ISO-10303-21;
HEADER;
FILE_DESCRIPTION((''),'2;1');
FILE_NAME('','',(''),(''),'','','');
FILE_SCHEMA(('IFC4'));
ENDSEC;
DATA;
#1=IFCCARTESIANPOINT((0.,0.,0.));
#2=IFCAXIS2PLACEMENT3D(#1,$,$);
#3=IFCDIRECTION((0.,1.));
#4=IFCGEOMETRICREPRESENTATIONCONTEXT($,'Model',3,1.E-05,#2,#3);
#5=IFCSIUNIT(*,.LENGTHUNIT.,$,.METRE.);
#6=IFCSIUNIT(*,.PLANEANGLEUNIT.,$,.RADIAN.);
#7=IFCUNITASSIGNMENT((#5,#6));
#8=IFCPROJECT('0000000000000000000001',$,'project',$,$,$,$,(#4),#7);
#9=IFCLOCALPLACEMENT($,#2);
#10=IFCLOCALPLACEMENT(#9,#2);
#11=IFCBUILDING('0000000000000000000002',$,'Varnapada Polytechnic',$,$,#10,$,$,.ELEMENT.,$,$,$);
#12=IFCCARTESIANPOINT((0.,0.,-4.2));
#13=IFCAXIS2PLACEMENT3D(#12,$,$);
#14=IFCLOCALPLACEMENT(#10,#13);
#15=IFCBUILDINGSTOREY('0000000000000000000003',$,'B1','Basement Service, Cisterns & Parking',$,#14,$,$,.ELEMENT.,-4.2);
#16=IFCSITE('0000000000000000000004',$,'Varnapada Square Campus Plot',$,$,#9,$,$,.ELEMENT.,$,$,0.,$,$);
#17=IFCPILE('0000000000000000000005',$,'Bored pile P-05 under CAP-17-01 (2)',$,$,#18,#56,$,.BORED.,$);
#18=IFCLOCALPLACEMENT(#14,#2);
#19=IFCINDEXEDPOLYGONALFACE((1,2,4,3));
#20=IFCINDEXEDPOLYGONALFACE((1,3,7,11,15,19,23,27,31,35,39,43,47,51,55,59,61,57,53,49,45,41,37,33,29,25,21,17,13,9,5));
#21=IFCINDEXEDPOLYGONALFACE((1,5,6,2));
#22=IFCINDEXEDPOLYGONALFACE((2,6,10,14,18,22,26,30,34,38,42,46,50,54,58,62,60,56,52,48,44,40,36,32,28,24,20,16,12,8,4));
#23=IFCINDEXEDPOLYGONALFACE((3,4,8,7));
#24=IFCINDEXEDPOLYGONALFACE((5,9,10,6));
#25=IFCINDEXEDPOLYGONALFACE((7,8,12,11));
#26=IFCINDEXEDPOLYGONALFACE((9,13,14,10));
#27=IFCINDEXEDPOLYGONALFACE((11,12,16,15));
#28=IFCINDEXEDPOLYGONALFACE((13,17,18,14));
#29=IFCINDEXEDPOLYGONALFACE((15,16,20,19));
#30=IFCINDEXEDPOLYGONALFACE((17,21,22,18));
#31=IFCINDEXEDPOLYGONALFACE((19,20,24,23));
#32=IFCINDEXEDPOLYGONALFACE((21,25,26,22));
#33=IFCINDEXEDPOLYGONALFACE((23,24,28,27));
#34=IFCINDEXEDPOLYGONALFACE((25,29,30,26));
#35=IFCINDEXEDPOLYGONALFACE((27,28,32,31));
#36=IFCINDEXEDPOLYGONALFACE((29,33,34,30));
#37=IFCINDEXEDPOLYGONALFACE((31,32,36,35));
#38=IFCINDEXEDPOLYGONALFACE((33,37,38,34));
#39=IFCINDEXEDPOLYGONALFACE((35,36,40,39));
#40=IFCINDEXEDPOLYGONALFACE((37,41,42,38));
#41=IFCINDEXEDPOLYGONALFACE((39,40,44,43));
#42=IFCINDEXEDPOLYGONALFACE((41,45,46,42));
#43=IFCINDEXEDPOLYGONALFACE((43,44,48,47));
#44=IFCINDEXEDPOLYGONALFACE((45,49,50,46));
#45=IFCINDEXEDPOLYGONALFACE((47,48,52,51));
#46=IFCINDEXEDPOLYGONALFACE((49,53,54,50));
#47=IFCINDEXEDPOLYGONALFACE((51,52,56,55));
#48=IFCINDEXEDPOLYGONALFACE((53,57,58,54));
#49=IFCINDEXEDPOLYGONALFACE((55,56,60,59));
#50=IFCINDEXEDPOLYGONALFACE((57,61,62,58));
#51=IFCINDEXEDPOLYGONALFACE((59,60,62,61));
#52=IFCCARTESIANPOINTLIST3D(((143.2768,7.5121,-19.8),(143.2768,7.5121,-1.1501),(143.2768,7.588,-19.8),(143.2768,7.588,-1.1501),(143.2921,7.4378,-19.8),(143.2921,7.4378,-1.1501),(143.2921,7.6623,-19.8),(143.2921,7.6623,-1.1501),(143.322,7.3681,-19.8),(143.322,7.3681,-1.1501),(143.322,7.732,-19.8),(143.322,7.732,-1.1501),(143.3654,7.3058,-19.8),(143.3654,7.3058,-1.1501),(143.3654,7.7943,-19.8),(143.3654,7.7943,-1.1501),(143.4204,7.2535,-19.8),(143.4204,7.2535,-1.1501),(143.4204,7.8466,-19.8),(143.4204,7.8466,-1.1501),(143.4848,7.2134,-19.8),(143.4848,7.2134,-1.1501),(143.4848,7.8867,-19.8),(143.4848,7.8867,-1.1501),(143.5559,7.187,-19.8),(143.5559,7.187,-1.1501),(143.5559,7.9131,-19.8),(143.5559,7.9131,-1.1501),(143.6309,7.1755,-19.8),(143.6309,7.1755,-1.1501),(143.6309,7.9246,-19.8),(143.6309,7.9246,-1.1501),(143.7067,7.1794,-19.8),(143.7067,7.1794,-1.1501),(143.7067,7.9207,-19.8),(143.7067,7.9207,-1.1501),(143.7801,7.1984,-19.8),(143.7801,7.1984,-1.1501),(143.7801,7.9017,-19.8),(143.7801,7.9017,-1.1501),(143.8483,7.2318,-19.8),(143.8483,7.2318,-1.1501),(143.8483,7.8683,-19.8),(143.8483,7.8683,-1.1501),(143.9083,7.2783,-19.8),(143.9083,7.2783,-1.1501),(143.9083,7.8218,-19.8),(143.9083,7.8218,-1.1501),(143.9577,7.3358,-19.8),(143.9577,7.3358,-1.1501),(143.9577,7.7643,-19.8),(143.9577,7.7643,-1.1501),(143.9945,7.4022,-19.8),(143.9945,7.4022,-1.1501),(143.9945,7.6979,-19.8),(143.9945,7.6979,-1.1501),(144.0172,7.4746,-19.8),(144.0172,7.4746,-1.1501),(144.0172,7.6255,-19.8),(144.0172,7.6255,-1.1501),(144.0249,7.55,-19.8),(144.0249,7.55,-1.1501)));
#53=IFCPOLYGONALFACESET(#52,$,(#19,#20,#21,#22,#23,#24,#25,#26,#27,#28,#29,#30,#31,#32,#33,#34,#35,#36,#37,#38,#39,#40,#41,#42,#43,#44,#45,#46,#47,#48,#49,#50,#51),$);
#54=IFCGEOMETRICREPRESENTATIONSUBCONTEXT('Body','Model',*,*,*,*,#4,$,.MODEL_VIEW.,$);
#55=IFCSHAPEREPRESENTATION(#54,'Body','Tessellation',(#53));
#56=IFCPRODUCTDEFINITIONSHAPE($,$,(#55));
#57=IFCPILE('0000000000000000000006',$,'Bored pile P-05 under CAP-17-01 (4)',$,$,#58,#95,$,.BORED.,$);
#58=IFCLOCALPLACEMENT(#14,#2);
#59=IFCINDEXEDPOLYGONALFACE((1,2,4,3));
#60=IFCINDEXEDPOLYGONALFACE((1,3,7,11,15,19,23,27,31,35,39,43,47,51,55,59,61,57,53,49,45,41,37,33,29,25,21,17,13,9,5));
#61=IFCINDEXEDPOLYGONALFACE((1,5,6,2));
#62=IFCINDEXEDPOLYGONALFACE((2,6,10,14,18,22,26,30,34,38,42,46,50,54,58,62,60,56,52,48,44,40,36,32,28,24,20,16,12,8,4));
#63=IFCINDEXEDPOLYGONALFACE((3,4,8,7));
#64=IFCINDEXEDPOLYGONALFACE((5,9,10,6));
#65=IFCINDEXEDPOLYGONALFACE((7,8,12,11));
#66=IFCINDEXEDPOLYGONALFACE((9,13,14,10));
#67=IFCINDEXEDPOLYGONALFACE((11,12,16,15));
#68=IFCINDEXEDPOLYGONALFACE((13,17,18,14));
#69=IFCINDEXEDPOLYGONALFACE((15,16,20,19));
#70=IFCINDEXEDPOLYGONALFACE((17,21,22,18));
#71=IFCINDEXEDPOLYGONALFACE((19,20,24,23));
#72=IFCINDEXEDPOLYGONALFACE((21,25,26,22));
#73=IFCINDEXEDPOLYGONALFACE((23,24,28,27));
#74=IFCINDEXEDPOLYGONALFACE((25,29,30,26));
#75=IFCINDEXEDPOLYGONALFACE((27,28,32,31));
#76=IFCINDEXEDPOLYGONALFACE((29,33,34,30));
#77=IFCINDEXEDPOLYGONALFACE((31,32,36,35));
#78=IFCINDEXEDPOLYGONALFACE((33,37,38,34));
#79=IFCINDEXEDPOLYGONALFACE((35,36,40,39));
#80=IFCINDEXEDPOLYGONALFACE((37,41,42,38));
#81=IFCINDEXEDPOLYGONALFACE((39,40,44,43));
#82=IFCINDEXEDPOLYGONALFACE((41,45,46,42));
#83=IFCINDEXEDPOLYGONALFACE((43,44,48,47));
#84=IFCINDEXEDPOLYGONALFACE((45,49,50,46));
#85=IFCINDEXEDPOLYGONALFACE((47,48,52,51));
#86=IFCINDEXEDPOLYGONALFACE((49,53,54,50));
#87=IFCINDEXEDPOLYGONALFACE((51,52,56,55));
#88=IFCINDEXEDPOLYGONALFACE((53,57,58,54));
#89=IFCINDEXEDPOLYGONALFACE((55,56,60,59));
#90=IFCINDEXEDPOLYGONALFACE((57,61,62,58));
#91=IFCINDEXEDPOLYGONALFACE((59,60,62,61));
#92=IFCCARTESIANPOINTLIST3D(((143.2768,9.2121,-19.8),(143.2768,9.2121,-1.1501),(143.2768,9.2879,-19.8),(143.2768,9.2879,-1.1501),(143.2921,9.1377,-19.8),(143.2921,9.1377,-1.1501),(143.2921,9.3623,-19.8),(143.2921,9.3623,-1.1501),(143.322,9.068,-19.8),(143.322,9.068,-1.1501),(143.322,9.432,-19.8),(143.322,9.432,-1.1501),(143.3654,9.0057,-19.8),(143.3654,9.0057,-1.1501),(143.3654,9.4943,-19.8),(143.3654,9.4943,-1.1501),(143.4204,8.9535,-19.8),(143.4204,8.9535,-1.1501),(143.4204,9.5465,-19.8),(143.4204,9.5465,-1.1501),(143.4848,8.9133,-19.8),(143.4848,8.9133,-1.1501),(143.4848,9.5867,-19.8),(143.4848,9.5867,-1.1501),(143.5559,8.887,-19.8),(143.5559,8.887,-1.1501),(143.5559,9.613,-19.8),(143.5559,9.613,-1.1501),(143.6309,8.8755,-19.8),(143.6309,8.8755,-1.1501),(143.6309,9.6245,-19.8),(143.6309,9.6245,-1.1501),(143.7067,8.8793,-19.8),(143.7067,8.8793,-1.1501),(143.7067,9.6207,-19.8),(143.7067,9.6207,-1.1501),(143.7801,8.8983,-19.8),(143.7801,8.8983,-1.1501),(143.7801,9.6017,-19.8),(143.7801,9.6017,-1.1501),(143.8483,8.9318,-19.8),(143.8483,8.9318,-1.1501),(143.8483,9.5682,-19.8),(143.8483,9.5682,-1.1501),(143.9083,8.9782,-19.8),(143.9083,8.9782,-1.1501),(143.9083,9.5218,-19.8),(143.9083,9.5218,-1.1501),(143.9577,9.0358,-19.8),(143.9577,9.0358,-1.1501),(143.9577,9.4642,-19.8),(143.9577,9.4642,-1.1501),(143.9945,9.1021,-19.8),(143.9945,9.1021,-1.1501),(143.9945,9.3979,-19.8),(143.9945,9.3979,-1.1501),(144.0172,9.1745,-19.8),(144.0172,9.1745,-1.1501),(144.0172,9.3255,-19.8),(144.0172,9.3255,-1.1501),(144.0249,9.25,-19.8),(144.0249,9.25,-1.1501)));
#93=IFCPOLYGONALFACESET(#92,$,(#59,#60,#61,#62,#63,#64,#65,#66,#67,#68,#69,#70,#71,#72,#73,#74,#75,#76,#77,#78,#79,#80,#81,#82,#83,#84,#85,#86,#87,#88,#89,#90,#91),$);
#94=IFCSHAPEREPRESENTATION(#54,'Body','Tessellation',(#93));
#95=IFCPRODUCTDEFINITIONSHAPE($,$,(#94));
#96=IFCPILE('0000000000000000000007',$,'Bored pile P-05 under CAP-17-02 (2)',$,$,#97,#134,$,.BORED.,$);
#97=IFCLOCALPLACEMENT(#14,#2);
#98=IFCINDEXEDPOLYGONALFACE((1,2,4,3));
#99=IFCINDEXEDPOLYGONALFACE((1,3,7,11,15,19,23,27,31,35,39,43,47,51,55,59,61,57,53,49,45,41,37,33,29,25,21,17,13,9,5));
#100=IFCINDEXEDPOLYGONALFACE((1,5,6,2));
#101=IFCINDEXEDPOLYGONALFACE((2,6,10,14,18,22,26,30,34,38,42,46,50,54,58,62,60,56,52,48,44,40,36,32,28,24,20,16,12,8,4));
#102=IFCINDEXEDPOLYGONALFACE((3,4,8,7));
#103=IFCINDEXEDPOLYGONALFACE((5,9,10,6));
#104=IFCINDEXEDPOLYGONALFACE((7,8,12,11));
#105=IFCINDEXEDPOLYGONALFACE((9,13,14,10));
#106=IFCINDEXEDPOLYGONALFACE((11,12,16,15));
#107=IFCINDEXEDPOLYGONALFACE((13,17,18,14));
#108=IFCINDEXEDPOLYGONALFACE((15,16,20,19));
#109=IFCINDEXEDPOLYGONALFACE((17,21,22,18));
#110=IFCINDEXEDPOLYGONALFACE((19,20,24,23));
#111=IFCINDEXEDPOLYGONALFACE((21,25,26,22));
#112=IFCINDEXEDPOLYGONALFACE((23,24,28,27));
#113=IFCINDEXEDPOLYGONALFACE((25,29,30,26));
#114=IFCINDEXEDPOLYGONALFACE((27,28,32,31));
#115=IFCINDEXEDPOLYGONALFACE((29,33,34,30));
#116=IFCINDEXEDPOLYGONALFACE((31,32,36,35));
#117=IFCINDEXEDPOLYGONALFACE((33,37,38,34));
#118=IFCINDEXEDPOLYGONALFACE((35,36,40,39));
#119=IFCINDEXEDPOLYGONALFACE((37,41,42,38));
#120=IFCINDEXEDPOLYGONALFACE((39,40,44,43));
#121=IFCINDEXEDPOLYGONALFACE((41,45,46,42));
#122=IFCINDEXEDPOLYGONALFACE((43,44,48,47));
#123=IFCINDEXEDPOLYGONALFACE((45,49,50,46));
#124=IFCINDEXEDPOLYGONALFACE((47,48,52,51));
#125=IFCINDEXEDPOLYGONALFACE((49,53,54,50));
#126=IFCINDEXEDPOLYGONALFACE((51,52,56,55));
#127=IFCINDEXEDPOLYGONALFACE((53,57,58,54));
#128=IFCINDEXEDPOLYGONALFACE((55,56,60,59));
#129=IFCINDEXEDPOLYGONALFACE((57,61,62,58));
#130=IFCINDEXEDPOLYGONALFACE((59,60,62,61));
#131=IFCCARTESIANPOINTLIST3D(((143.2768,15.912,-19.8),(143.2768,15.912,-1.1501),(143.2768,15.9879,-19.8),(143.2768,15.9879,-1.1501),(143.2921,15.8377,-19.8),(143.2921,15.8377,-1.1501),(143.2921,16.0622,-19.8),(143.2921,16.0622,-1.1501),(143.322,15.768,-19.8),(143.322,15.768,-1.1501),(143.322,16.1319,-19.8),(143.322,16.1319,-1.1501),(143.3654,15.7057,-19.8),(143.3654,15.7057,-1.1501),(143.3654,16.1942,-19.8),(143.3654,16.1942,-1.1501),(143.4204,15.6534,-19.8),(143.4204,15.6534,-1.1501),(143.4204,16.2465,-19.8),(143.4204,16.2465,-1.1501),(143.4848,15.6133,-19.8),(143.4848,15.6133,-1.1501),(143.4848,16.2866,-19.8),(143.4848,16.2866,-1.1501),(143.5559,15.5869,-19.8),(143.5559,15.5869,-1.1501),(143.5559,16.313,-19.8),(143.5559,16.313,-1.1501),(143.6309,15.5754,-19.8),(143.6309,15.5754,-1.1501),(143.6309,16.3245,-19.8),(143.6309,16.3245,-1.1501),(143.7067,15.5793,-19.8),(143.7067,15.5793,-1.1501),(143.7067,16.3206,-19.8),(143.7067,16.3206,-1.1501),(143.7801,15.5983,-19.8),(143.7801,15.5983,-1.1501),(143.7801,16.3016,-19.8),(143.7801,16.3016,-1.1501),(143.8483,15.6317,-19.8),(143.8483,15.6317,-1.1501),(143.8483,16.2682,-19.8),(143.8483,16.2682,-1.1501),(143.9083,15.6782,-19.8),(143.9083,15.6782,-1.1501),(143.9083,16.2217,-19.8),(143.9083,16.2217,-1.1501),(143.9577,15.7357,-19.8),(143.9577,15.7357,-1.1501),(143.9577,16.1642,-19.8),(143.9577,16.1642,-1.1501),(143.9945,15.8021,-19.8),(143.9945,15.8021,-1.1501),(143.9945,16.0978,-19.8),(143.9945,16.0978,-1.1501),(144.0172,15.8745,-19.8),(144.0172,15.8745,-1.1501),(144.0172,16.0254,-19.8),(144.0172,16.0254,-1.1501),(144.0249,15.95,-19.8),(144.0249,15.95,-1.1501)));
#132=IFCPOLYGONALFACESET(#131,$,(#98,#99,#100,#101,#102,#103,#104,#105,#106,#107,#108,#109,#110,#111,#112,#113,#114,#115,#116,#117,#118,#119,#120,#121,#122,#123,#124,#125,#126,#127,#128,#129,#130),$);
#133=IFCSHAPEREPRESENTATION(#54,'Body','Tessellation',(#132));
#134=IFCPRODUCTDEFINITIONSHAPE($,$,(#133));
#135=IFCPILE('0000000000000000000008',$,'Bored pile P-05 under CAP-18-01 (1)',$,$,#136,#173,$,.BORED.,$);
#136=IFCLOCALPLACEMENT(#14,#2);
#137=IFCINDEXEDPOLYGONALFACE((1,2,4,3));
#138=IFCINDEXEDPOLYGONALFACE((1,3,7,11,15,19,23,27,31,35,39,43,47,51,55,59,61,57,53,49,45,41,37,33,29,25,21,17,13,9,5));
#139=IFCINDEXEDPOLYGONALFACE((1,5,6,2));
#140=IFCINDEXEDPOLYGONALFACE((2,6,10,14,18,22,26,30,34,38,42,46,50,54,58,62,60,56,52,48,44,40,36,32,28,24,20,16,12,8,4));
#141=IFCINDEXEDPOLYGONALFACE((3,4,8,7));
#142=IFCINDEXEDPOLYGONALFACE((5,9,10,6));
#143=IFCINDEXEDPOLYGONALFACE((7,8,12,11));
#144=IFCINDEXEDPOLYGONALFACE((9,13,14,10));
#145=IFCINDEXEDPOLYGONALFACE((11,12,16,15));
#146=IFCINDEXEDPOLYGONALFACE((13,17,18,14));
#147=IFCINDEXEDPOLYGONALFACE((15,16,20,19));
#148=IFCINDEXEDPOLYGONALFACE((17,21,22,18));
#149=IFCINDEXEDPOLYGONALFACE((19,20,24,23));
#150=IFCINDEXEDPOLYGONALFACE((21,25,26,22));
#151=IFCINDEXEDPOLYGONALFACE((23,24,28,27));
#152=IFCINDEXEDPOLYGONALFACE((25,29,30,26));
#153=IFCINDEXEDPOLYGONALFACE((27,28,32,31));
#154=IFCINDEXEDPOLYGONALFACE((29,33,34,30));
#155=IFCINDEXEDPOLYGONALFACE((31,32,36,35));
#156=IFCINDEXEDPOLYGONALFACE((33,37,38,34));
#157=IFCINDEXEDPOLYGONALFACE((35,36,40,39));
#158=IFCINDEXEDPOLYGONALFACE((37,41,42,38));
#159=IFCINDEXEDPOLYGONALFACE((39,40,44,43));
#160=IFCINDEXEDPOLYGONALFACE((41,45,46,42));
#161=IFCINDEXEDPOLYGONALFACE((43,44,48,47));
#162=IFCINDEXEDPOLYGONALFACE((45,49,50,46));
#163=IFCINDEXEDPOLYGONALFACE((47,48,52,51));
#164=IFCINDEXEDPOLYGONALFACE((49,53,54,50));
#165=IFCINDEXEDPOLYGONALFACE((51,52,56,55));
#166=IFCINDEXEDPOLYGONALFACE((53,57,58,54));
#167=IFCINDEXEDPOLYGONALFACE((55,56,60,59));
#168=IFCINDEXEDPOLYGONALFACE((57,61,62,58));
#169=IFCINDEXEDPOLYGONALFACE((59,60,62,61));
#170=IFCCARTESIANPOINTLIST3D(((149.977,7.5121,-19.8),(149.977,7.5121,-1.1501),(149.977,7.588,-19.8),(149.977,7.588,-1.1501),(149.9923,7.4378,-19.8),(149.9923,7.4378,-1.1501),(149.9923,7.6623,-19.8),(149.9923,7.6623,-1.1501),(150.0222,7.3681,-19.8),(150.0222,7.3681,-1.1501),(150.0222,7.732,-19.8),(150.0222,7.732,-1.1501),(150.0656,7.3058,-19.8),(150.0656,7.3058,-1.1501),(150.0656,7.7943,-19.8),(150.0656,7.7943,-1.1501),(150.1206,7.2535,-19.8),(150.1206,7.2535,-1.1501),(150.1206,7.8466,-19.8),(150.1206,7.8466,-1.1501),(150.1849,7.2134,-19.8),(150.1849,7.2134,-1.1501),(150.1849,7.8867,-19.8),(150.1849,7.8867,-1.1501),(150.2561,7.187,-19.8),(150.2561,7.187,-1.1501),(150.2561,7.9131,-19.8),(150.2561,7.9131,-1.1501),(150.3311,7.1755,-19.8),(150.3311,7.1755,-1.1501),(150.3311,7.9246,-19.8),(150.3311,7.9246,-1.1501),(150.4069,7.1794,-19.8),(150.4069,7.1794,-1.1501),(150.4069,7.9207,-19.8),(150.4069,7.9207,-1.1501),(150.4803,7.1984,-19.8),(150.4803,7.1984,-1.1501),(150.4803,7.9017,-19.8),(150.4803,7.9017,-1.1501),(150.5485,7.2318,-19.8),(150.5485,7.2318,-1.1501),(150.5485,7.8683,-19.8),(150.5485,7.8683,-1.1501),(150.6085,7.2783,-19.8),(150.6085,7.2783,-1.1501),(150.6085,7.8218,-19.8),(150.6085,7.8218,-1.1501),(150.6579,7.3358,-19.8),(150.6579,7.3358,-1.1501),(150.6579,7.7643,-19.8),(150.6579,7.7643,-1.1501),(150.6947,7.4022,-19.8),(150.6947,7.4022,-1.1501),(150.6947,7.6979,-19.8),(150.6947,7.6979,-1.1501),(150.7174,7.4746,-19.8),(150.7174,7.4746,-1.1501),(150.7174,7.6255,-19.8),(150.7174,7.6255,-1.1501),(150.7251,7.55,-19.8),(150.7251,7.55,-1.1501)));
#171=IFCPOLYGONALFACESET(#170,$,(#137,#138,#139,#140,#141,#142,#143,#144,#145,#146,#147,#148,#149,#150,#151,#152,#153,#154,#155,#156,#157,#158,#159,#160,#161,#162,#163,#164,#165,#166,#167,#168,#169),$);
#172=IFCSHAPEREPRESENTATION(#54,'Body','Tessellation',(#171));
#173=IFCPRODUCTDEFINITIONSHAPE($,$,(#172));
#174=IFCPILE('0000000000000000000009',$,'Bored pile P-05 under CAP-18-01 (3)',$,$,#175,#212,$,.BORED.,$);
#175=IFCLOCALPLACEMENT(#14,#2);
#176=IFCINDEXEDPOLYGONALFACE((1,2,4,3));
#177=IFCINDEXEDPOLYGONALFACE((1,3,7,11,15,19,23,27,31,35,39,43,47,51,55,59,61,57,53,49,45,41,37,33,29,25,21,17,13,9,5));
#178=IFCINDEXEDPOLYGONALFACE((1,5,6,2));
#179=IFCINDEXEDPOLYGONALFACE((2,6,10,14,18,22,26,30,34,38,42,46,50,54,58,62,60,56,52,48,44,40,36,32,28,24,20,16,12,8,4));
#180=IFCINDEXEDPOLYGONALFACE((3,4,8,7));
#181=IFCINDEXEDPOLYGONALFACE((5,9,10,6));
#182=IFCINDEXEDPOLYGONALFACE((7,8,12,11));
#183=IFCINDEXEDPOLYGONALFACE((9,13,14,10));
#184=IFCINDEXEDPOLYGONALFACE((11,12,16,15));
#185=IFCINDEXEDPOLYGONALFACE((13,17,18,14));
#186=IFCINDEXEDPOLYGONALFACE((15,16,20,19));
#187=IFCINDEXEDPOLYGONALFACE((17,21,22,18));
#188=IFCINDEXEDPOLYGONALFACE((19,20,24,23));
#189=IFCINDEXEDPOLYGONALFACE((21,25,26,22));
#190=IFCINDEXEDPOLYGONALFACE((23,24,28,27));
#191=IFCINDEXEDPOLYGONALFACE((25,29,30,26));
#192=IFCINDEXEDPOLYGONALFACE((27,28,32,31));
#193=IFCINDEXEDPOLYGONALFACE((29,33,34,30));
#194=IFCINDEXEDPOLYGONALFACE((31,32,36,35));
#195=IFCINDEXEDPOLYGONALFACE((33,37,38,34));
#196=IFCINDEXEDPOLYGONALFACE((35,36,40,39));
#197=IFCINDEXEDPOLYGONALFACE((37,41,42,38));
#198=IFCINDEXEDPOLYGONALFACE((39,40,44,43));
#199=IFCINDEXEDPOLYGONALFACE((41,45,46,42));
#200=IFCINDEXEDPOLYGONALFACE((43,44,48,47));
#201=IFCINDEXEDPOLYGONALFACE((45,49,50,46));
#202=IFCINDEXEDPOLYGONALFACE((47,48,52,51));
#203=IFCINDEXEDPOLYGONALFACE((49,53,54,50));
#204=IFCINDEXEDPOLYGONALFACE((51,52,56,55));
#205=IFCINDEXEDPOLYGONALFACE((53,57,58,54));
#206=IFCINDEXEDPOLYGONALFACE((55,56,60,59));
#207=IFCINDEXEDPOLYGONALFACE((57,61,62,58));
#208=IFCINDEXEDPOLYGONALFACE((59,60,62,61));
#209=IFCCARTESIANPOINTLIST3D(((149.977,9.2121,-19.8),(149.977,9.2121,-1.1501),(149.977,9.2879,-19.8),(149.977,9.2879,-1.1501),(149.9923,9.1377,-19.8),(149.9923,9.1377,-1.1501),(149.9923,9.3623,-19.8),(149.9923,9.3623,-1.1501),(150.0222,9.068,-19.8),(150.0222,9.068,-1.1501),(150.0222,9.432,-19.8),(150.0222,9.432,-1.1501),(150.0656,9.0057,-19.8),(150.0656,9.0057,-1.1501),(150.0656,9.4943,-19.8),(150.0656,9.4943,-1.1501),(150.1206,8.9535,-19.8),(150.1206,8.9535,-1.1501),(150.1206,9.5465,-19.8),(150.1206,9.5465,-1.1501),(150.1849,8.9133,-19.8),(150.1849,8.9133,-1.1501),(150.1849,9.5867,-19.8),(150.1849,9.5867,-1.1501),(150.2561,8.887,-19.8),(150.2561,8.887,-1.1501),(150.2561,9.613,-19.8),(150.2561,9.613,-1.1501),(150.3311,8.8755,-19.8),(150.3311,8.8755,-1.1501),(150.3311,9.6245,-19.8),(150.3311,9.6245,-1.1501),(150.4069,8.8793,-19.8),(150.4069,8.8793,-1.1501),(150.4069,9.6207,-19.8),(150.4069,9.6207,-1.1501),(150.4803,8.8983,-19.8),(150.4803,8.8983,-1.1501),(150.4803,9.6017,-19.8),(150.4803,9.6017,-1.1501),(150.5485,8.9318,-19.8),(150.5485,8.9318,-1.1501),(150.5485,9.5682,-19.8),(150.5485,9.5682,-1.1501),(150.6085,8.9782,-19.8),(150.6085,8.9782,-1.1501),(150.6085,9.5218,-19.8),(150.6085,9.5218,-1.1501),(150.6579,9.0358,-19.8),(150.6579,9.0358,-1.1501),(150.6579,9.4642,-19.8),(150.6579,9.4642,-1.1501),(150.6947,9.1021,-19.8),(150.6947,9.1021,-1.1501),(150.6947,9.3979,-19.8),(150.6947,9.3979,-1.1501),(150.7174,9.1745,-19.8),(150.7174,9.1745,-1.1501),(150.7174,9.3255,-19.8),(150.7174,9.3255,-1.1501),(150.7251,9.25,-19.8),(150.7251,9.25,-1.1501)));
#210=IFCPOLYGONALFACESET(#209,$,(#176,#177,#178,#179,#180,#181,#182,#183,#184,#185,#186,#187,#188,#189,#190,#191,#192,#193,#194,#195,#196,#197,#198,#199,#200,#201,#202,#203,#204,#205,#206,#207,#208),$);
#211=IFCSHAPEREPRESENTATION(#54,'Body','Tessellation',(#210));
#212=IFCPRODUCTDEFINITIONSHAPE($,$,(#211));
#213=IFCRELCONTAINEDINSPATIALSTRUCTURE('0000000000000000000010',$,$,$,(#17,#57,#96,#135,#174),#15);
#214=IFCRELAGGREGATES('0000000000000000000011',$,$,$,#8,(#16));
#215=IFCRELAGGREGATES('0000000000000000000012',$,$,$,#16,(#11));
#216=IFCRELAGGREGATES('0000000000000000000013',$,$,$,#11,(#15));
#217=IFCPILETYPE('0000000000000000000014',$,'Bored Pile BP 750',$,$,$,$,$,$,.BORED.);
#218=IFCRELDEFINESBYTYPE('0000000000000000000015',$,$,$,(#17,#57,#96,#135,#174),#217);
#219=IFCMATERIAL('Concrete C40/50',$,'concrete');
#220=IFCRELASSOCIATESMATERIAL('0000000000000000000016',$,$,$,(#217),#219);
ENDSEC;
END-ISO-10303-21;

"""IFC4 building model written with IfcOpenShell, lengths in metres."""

from ifc_helpers import new_model, si_unit, direction, frame, origin, origin_2d, place, context, subcontext, project, spatial, circle, extrude, material, material_profile, profile_set, type_object, element, save


model = new_model("IFC4")

# Units and contexts
model_context = context("Model", 3, precision=1e-05, world=origin(), true_north=direction((0.0, 1.0)))
body_context = subcontext(model_context, "Body", "Model", "MODEL_VIEW")
ifc_project = project(units=[si_unit("LENGTHUNIT", "METRE"), si_unit("PLANEANGLEUNIT", "RADIAN")], contexts=[model_context])

# Site, building, storey
site_placement = place(None, origin())
site = spatial("IfcSite", under=ifc_project, at=site_placement, Name="Varnapada Square Campus Plot", CompositionType="ELEMENT", RefElevation=0.0)
building_placement = place(site_placement, origin())
building = spatial("IfcBuilding", under=site, at=building_placement, Name="Varnapada Polytechnic", CompositionType="ELEMENT")
storey_placement = place(building_placement, frame((0.0, 0.0, -4.2)))
storey = spatial("IfcBuildingStorey", under=building, at=storey_placement, Name="B1", Description="Basement Service, Cisterns & Parking", CompositionType="ELEMENT", Elevation=-4.2)

# Piles
ifc_material_1 = material(Name="Concrete C40/50", Category="concrete")
ifc_material_profile_1 = material_profile(ifc_material_1, circle(Radius=0.375, at=origin_2d()), Name="BP 750")
ifc_profile_set_1 = profile_set([ifc_material_profile_1], Name="Concrete C40/50")
pile_type_1 = type_object("IfcPileType", Name="Bored Pile BP 750", PredefinedType="BORED", material=ifc_profile_set_1)
for number, where, z_axis, x_axis, name in (
    (1, (143.6499, 7.55, -1.1501), (0.0, 0.0, -1.0), (1.0, 0.0, 0.0), "Bored pile P-05 under CAP-17-01 (2)"),
    (2, (143.6499, 9.25, -1.1501), (0.0, 0.0, -1.0), (1.0, 0.0, 0.0), "Bored pile P-05 under CAP-17-01 (4)"),
    (3, (143.6499, 15.95, -1.1501), (0.0, 0.0, -1.0), (1.0, 0.0, 0.0), "Bored pile P-05 under CAP-17-02 (2)"),
    (4, (150.3501, 7.55, -1.1501), (0.0, 0.0, -1.0), (1.0, 0.0, 0.0), "Bored pile P-05 under CAP-18-01 (1)"),
    (5, (150.3501, 9.25, -1.1501), (0.0, 0.0, -1.0), (1.0, 0.0, 0.0), "Bored pile P-05 under CAP-18-01 (3)"),
):
    element("IfcPile", number, at=place(storey_placement, frame(where, z_axis=z_axis, x_axis=x_axis)), inside=storey, type_object=pile_type_1, Name=name, PredefinedType="BORED", context=body_context, shape_type="SweptSolid", body=[
        extrude(circle(Radius=0.375, at=origin_2d()), origin(), (0.0, 0.0, 1.0), 18.6499),
    ])

save(model, "model.ifc")
